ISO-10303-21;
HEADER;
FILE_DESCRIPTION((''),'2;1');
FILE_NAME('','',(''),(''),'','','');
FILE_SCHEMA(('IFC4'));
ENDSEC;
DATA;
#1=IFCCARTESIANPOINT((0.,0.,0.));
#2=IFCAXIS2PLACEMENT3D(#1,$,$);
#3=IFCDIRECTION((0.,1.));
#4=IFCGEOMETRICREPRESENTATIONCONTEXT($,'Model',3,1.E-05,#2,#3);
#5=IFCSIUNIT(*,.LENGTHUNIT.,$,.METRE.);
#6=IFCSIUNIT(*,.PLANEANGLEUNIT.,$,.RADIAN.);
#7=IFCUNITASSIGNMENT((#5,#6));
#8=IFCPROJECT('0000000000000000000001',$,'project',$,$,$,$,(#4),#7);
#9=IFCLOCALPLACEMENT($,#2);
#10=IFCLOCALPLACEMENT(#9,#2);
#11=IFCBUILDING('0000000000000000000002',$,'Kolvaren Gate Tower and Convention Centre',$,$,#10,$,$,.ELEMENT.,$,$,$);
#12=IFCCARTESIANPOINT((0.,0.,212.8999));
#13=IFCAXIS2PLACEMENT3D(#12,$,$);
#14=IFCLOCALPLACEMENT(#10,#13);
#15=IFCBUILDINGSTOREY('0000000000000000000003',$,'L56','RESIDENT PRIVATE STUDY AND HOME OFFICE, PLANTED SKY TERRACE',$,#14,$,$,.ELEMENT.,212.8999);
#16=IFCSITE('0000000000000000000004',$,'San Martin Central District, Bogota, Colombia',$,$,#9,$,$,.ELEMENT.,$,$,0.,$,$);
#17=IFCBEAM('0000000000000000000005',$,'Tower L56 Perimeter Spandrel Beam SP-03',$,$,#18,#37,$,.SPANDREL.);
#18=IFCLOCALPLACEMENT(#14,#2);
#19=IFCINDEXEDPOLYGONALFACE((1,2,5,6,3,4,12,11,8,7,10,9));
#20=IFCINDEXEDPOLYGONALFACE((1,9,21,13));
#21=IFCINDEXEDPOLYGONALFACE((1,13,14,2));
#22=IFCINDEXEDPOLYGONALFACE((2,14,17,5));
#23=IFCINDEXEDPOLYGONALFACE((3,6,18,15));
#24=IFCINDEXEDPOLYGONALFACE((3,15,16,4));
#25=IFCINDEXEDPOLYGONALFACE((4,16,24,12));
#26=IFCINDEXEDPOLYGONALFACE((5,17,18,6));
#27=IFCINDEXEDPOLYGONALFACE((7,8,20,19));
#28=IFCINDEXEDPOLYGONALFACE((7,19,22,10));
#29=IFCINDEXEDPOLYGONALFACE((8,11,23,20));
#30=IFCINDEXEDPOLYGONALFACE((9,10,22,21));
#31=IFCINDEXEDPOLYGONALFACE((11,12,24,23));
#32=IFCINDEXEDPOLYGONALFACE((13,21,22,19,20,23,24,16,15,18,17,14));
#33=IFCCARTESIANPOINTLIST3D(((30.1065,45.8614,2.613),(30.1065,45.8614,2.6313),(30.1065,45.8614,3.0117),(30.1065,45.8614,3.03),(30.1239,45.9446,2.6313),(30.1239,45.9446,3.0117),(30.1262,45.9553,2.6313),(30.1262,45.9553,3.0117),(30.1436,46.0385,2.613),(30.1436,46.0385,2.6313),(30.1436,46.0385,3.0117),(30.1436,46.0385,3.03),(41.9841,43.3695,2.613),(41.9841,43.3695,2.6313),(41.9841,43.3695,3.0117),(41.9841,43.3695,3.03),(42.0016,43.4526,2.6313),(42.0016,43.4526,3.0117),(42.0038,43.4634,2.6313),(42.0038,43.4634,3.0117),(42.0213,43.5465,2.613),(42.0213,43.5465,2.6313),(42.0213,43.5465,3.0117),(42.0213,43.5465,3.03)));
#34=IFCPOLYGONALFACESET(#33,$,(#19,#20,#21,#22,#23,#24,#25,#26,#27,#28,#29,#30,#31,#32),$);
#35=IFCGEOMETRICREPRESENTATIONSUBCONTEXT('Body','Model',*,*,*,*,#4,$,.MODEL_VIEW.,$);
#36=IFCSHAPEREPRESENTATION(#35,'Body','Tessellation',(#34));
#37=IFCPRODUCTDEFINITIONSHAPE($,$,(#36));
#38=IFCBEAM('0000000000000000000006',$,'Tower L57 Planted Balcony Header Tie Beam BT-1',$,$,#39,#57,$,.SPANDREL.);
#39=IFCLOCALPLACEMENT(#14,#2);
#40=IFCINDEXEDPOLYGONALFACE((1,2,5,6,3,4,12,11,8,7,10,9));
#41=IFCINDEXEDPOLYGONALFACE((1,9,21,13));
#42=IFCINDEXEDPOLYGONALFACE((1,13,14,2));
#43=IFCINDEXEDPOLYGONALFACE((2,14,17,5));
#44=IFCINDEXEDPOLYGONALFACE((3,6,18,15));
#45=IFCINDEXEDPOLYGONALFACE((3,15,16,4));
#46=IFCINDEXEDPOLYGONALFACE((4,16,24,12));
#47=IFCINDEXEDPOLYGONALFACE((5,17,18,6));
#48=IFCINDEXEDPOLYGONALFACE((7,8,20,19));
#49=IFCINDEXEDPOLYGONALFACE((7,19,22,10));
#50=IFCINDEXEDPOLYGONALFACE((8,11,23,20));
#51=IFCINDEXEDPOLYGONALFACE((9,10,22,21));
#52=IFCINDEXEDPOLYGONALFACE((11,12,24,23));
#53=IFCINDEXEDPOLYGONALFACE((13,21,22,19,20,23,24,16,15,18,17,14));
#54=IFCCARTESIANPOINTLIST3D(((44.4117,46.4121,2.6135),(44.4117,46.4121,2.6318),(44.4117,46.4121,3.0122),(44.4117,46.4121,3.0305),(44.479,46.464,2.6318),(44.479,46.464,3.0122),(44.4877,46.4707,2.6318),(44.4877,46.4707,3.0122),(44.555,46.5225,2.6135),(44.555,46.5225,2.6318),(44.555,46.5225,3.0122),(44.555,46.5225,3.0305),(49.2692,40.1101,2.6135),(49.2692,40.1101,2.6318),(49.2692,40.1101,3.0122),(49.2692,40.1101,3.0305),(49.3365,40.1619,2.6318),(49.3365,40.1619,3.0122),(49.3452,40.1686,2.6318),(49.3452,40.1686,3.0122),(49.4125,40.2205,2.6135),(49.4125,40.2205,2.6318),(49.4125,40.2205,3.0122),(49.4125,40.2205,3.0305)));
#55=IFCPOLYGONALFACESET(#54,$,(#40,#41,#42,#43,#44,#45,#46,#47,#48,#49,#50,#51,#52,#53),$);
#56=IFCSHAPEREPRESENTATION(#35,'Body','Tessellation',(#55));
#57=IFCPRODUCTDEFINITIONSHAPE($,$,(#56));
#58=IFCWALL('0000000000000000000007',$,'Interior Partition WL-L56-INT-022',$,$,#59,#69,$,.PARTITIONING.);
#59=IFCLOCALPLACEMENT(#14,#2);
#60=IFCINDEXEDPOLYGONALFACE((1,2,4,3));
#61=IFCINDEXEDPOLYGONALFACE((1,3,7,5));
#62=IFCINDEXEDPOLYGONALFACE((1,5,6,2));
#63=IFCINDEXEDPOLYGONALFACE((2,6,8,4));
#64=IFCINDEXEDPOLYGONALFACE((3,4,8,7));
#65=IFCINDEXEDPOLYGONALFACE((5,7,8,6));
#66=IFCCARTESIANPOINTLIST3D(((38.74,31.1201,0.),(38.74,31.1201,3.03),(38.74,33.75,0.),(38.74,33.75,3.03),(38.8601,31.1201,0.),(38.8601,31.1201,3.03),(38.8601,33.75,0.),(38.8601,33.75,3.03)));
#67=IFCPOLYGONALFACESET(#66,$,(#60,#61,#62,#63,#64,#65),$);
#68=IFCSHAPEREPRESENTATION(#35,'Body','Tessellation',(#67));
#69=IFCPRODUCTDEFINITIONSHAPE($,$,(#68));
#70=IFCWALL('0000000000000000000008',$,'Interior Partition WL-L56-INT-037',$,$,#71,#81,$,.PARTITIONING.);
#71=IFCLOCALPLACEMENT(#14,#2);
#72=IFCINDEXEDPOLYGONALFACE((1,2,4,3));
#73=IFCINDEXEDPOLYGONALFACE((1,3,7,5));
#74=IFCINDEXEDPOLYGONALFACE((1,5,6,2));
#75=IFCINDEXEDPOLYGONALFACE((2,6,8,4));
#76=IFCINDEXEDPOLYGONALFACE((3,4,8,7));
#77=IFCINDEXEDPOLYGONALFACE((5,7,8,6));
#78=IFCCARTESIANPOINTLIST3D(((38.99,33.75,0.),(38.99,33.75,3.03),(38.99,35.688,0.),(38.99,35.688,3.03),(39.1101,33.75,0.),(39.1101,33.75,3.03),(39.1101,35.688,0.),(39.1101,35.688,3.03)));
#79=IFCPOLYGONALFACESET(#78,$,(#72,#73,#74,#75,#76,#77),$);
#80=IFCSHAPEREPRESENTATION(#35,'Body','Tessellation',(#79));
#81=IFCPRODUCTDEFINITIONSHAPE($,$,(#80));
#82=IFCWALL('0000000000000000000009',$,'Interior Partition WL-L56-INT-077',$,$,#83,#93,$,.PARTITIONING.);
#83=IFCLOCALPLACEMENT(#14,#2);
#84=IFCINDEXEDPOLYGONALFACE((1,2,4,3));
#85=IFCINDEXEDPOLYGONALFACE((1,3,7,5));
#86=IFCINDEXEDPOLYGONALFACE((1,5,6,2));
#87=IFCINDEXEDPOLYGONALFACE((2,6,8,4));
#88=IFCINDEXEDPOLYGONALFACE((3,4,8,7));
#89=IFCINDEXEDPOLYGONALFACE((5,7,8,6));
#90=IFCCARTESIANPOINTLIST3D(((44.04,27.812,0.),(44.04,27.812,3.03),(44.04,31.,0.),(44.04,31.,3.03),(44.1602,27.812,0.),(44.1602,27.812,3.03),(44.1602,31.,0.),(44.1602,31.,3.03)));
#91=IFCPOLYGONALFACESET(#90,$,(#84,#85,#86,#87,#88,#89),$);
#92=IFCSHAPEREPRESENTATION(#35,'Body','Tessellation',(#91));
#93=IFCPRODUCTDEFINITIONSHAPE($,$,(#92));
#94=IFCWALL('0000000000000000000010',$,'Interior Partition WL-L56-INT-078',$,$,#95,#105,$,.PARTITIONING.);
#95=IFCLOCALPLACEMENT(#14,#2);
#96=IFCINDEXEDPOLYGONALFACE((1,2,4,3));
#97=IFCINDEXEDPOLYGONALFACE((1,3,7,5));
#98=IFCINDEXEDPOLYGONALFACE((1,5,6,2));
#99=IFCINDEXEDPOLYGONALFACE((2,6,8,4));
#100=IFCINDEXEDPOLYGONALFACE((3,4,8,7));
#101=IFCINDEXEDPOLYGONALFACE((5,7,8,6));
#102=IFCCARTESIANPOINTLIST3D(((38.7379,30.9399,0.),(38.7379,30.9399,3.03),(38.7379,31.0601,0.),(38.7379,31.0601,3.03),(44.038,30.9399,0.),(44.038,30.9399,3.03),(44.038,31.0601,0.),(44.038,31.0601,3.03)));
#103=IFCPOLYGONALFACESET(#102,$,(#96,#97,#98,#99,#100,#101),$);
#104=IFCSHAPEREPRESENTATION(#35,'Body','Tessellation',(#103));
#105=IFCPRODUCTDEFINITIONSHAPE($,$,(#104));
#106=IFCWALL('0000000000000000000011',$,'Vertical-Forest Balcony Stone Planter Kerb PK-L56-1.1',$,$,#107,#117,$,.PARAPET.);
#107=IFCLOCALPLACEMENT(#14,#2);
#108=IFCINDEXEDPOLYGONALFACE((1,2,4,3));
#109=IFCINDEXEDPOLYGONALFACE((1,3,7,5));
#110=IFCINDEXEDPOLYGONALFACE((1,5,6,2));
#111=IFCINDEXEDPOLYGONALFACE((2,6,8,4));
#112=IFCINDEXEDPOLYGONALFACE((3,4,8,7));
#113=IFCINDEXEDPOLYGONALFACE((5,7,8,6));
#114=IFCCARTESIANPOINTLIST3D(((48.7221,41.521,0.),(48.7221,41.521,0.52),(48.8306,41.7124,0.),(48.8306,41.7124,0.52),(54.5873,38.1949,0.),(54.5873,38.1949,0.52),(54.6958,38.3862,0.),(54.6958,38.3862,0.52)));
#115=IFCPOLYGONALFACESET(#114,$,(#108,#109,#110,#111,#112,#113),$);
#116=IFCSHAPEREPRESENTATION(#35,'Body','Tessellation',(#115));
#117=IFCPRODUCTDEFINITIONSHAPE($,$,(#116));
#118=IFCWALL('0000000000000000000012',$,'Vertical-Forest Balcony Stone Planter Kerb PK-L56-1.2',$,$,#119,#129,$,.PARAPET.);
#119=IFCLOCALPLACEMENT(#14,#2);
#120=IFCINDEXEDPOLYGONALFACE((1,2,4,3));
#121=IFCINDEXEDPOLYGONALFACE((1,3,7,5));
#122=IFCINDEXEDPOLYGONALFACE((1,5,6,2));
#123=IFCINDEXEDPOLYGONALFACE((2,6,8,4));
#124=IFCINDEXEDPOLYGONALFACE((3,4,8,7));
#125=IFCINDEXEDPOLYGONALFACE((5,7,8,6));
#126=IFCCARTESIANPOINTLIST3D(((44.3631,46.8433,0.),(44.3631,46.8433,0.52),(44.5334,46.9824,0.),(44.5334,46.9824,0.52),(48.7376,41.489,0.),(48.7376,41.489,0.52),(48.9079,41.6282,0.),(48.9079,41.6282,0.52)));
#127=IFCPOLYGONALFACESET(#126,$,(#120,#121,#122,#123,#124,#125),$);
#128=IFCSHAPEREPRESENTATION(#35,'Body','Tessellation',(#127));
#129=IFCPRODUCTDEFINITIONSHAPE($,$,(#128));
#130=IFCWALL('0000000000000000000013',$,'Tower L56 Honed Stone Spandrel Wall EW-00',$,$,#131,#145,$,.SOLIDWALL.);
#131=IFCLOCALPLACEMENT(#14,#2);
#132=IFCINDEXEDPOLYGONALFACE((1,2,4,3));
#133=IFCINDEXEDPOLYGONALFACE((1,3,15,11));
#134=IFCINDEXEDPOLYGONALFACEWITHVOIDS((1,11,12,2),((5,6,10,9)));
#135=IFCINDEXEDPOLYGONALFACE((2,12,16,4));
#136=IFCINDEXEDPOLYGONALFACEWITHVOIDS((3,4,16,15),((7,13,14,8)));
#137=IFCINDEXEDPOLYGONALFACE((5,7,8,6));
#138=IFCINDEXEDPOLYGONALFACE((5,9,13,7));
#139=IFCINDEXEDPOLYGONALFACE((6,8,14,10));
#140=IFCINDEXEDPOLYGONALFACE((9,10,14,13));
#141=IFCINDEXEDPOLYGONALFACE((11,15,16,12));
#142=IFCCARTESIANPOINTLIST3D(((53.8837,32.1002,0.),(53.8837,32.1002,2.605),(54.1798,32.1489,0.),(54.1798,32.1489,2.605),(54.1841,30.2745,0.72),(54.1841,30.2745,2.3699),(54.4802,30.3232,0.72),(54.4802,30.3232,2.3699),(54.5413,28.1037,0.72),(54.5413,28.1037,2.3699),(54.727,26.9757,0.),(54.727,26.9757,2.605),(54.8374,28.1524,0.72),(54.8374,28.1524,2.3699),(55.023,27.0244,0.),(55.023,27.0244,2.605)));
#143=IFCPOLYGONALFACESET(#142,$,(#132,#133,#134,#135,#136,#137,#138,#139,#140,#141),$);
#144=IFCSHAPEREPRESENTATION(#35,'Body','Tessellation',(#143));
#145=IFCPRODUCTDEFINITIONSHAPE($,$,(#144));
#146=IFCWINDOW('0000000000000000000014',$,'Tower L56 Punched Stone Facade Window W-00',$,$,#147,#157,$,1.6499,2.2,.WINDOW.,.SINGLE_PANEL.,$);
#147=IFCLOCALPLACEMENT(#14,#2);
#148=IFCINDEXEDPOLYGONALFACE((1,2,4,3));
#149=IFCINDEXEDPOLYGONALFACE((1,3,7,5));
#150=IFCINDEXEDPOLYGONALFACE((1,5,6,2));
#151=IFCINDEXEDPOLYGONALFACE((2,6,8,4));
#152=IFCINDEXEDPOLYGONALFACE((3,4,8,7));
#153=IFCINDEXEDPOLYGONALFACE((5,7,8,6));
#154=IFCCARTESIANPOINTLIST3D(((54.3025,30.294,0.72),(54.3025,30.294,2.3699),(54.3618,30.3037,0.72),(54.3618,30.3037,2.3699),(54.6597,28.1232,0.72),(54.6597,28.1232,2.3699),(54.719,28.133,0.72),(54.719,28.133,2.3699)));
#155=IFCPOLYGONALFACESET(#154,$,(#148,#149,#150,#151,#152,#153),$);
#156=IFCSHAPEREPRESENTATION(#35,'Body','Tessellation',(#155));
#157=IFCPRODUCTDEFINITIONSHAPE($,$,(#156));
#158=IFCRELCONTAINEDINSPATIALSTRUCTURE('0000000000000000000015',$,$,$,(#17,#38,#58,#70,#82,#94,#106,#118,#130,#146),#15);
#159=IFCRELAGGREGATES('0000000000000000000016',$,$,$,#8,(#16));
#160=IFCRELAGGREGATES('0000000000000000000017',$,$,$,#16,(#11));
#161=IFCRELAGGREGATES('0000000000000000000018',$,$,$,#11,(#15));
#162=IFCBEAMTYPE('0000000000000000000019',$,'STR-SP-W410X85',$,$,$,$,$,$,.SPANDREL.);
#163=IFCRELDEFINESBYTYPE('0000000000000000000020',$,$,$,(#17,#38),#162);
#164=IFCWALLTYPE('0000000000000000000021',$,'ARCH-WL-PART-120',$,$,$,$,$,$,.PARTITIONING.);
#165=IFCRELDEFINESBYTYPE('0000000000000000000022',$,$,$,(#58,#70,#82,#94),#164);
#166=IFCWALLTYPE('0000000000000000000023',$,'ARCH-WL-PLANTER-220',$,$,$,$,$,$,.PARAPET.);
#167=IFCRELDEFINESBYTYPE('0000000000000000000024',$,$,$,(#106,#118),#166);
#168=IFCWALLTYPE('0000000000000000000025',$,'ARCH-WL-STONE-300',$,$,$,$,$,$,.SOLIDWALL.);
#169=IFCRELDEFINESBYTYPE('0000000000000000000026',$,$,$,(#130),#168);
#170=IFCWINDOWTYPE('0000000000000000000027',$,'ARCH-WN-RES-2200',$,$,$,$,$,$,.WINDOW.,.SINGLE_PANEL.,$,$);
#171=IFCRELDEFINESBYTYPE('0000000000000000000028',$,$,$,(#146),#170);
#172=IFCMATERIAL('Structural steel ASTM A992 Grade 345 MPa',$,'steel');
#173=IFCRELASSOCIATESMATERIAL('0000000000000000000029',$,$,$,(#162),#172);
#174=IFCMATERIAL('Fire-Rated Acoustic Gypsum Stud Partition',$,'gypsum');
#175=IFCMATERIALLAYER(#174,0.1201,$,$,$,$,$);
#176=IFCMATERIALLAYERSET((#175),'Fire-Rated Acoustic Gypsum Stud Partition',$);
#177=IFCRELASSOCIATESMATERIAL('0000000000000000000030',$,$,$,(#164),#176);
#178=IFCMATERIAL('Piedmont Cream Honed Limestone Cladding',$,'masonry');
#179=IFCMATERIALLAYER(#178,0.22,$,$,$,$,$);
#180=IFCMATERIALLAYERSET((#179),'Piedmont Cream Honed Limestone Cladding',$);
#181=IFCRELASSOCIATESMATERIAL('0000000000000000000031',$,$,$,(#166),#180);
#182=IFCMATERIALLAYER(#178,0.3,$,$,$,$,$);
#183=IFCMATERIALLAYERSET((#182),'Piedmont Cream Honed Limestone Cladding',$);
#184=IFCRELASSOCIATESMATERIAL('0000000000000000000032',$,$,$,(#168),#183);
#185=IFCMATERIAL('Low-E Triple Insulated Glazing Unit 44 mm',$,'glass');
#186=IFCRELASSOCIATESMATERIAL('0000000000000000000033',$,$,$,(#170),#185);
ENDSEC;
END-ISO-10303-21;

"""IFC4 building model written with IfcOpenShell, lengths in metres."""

from ifc_helpers import new_model, si_unit, direction, frame, frame_2d, origin, origin_2d, place, context, subcontext, project, spatial, rectangle, i_section, extrude, material, layer, layer_set, material_profile, profile_set, type_object, element, fill, save


model = new_model("IFC4")

# Units and contexts
model_context = context("Model", 3, precision=1e-05, world=origin(), true_north=direction((0.0, 1.0)))
body_context = subcontext(model_context, "Body", "Model", "MODEL_VIEW")
ifc_project = project(units=[si_unit("LENGTHUNIT", "METRE"), si_unit("PLANEANGLEUNIT", "RADIAN")], contexts=[model_context])

# Site, building, storey
site_placement = place(None, origin())
site = spatial("IfcSite", under=ifc_project, at=site_placement, Name="San Martin Central District, Bogota, Colombia", CompositionType="ELEMENT", RefElevation=0.0)
building_placement = place(site_placement, origin())
building = spatial("IfcBuilding", under=site, at=building_placement, Name="Kolvaren Gate Tower and Convention Centre", CompositionType="ELEMENT")
storey_placement = place(building_placement, frame((0.0, 0.0, 212.8999)))
storey = spatial("IfcBuildingStorey", under=building, at=storey_placement, Name="L56", Description="RESIDENT PRIVATE STUDY AND HOME OFFICE, PLANTED SKY TERRACE", CompositionType="ELEMENT", Elevation=212.8999)

# Beams
ifc_material_1 = material(Name="Structural steel ASTM A992 Grade 345 MPa", Category="steel")
ifc_material_profile_1 = material_profile(ifc_material_1, i_section(OverallWidth=0.1809, OverallDepth=0.417, WebThickness=0.011, FlangeThickness=0.0183, at=origin_2d()), Name="W410X85")
ifc_profile_set_1 = profile_set([ifc_material_profile_1], Name="Structural steel ASTM A992 Grade 345 MPa")
beam_type_1 = type_object("IfcBeamType", Name="STR-SP-W410X85", PredefinedType="SPANDREL", material=ifc_profile_set_1)
beam_1_placement = place(storey_placement, frame((42.0027, 43.458, 2.8215), z_axis=(-0.978693, 0.20533, 0.0), x_axis=(-0.20533, -0.978693, 0.0)))
element("IfcBeam", 1, at=beam_1_placement, inside=storey, type_object=beam_type_1, Name="Tower L56 Perimeter Spandrel Beam SP-03", PredefinedType="SPANDREL", context=body_context, shape_type="SweptSolid", body=[
    extrude(i_section(OverallWidth=0.1809, OverallDepth=0.417, WebThickness=0.011, FlangeThickness=0.0183, at=origin_2d()), origin(), (0.0, 0.0, 1.0), 12.1362),
])
beam_2_placement = place(storey_placement, frame((49.3408, 40.1653, 2.822), z_axis=(-0.610479, 0.792033, 0.0), x_axis=(-0.792033, -0.610479, 0.0)))
element("IfcBeam", 2, at=beam_2_placement, inside=storey, type_object=beam_type_1, Name="Tower L57 Planted Balcony Header Tie Beam BT-1", PredefinedType="SPANDREL", context=body_context, shape_type="SweptSolid", body=[
    extrude(i_section(OverallWidth=0.1809, OverallDepth=0.417, WebThickness=0.011, FlangeThickness=0.0183, at=origin_2d()), origin(), (0.0, 0.0, 1.0), 7.9568),
])

# Walls
ifc_material_2 = material(Name="Fire-Rated Acoustic Gypsum Stud Partition", Category="gypsum")
ifc_layer_1 = layer(ifc_material_2, 0.1201)
ifc_layer_set_1 = layer_set([ifc_layer_1], Name="Fire-Rated Acoustic Gypsum Stud Partition")
wall_type_1 = type_object("IfcWallType", Name="ARCH-WL-PART-120", PredefinedType="PARTITIONING", material=ifc_layer_set_1)
wall_1_placement = place(storey_placement, frame((38.8, 31.1201, 0.0), z_axis=(0.0, 0.0, 1.0), x_axis=(0.0, 1.0, 0.0)))
element("IfcWall", 3, at=wall_1_placement, inside=storey, type_object=wall_type_1, Name="Interior Partition WL-L56-INT-022", PredefinedType="PARTITIONING", context=body_context, shape_type="SweptSolid", body=[
    extrude(rectangle(XDim=2.6299, YDim=0.1201, at=frame_2d((1.3149, 0.0))), origin(), (0.0, 0.0, 1.0), 3.03),
])
wall_2_placement = place(storey_placement, frame((39.05, 33.75, 0.0), z_axis=(0.0, 0.0, 1.0), x_axis=(0.0, 1.0, 0.0)))
element("IfcWall", 4, at=wall_2_placement, inside=storey, type_object=wall_type_1, Name="Interior Partition WL-L56-INT-037", PredefinedType="PARTITIONING", context=body_context, shape_type="SweptSolid", body=[
    extrude(rectangle(XDim=1.938, YDim=0.1201, at=frame_2d((0.969, 0.0))), origin(), (0.0, 0.0, 1.0), 3.03),
])
wall_3_placement = place(storey_placement, frame((44.1001, 27.812, 0.0), z_axis=(0.0, 0.0, 1.0), x_axis=(0.0, 1.0, 0.0)))
element("IfcWall", 5, at=wall_3_placement, inside=storey, type_object=wall_type_1, Name="Interior Partition WL-L56-INT-077", PredefinedType="PARTITIONING", context=body_context, shape_type="SweptSolid", body=[
    extrude(rectangle(XDim=3.188, YDim=0.1201, at=frame_2d((1.594, 0.0))), origin(), (0.0, 0.0, 1.0), 3.03),
])
wall_4_placement = place(storey_placement, frame((38.738, 31.0, 0.0), z_axis=(0.0, 0.0, 1.0), x_axis=(1.0, 0.0, 0.0)))
element("IfcWall", 6, at=wall_4_placement, inside=storey, type_object=wall_type_1, Name="Interior Partition WL-L56-INT-078", PredefinedType="PARTITIONING", context=body_context, shape_type="SweptSolid", body=[
    extrude(rectangle(XDim=5.3, YDim=0.1201, at=frame_2d((2.6499, 0.0))), origin(), (0.0, 0.0, 1.0), 3.03),
])
ifc_material_3 = material(Name="Piedmont Cream Honed Limestone Cladding", Category="masonry")
ifc_layer_2 = layer(ifc_material_3, 0.22)
ifc_layer_set_2 = layer_set([ifc_layer_2], Name="Piedmont Cream Honed Limestone Cladding")
wall_type_2 = type_object("IfcWallType", Name="ARCH-WL-PLANTER-220", PredefinedType="PARAPET", material=ifc_layer_set_2)
wall_5_placement = place(storey_placement, frame((48.7764, 41.6167, 0.0), z_axis=(0.0, 0.0, 1.0), x_axis=(0.869861, -0.493298, 0.0)))
element("IfcWall", 7, at=wall_5_placement, inside=storey, type_object=wall_type_2, Name="Vertical-Forest Balcony Stone Planter Kerb PK-L56-1.1", PredefinedType="PARAPET", context=body_context, shape_type="SweptSolid", body=[
    extrude(rectangle(XDim=6.7427, YDim=0.22, at=frame_2d((3.3713, 0.0))), origin(), (0.0, 0.0, 1.0), 0.52),
])
wall_6_placement = place(storey_placement, frame((44.4482, 46.9128, 0.0), z_axis=(0.0, 0.0, 1.0), x_axis=(0.632697, -0.774399, 0.0)))
element("IfcWall", 8, at=wall_6_placement, inside=storey, type_object=wall_type_2, Name="Vertical-Forest Balcony Stone Planter Kerb PK-L56-1.2", PredefinedType="PARAPET", context=body_context, shape_type="SweptSolid", body=[
    extrude(rectangle(XDim=6.9141, YDim=0.22, at=frame_2d((3.457, 0.0))), origin(), (0.0, 0.0, 1.0), 0.52),
])

# Wall, opening, window
ifc_layer_3 = layer(ifc_material_3, 0.3)
ifc_layer_set_3 = layer_set([ifc_layer_3], Name="Piedmont Cream Honed Limestone Cladding")
wall_type_3 = type_object("IfcWallType", Name="ARCH-WL-STONE-300", PredefinedType="SOLIDWALL", material=ifc_layer_set_3)
wall_7_placement = place(storey_placement, frame((54.0317, 32.1245, 0.0), z_axis=(0.0, 0.0, 1.0), x_axis=(0.162371, -0.98673, 0.0)))
wall_7 = element("IfcWall", 9, at=wall_7_placement, inside=storey, type_object=wall_type_3, Name="Tower L56 Honed Stone Spandrel Wall EW-00", PredefinedType="SOLIDWALL", context=body_context, shape_type="SweptSolid", body=[
    extrude(rectangle(XDim=5.1934, YDim=0.3, at=frame_2d((2.5967, 0.0))), origin(), (0.0, 0.0, 1.0), 2.605),
])
opening_1_placement = place(wall_7_placement, frame((1.8501, 0.0, 0.72)))
opening_1 = element("IfcOpeningElement", 10, at=opening_1_placement, cuts=wall_7, PredefinedType="OPENING", context=body_context, shape_type="SweptSolid", body=[
    extrude(rectangle(XDim=2.2, YDim=1.6499, at=frame_2d((1.1001, 0.825))), frame((0.0, 0.1599, 0.0), z_axis=(0.0, -1.0, 0.0), x_axis=(1.0, 0.0, 0.0)), (0.0, 0.0, 1.0), 0.3201),
])
ifc_material_4 = material(Name="Low-E Triple Insulated Glazing Unit 44 mm", Category="glass")
window_type_1 = type_object("IfcWindowType", Name="ARCH-WN-RES-2200", PartitioningType="SINGLE_PANEL", PredefinedType="WINDOW", material=ifc_material_4)
window_1_placement = place(opening_1_placement, origin())
window_1 = element("IfcWindow", 11, at=window_1_placement, inside=storey, type_object=window_type_1, Name="Tower L56 Punched Stone Facade Window W-00", OverallHeight=1.6499, OverallWidth=2.2, PartitioningType="SINGLE_PANEL", PredefinedType="WINDOW", context=body_context, shape_type="SweptSolid", body=[
    extrude(rectangle(XDim=2.2, YDim=1.6499, at=frame_2d((1.1001, 0.825))), frame((0.0, 0.03, 0.0), z_axis=(0.0, -1.0, 0.0), x_axis=(1.0, 0.0, 0.0)), (0.0, 0.0, 1.0), 0.0601),
])
fill(opening_1, window_1)

save(model, "model.ifc")
